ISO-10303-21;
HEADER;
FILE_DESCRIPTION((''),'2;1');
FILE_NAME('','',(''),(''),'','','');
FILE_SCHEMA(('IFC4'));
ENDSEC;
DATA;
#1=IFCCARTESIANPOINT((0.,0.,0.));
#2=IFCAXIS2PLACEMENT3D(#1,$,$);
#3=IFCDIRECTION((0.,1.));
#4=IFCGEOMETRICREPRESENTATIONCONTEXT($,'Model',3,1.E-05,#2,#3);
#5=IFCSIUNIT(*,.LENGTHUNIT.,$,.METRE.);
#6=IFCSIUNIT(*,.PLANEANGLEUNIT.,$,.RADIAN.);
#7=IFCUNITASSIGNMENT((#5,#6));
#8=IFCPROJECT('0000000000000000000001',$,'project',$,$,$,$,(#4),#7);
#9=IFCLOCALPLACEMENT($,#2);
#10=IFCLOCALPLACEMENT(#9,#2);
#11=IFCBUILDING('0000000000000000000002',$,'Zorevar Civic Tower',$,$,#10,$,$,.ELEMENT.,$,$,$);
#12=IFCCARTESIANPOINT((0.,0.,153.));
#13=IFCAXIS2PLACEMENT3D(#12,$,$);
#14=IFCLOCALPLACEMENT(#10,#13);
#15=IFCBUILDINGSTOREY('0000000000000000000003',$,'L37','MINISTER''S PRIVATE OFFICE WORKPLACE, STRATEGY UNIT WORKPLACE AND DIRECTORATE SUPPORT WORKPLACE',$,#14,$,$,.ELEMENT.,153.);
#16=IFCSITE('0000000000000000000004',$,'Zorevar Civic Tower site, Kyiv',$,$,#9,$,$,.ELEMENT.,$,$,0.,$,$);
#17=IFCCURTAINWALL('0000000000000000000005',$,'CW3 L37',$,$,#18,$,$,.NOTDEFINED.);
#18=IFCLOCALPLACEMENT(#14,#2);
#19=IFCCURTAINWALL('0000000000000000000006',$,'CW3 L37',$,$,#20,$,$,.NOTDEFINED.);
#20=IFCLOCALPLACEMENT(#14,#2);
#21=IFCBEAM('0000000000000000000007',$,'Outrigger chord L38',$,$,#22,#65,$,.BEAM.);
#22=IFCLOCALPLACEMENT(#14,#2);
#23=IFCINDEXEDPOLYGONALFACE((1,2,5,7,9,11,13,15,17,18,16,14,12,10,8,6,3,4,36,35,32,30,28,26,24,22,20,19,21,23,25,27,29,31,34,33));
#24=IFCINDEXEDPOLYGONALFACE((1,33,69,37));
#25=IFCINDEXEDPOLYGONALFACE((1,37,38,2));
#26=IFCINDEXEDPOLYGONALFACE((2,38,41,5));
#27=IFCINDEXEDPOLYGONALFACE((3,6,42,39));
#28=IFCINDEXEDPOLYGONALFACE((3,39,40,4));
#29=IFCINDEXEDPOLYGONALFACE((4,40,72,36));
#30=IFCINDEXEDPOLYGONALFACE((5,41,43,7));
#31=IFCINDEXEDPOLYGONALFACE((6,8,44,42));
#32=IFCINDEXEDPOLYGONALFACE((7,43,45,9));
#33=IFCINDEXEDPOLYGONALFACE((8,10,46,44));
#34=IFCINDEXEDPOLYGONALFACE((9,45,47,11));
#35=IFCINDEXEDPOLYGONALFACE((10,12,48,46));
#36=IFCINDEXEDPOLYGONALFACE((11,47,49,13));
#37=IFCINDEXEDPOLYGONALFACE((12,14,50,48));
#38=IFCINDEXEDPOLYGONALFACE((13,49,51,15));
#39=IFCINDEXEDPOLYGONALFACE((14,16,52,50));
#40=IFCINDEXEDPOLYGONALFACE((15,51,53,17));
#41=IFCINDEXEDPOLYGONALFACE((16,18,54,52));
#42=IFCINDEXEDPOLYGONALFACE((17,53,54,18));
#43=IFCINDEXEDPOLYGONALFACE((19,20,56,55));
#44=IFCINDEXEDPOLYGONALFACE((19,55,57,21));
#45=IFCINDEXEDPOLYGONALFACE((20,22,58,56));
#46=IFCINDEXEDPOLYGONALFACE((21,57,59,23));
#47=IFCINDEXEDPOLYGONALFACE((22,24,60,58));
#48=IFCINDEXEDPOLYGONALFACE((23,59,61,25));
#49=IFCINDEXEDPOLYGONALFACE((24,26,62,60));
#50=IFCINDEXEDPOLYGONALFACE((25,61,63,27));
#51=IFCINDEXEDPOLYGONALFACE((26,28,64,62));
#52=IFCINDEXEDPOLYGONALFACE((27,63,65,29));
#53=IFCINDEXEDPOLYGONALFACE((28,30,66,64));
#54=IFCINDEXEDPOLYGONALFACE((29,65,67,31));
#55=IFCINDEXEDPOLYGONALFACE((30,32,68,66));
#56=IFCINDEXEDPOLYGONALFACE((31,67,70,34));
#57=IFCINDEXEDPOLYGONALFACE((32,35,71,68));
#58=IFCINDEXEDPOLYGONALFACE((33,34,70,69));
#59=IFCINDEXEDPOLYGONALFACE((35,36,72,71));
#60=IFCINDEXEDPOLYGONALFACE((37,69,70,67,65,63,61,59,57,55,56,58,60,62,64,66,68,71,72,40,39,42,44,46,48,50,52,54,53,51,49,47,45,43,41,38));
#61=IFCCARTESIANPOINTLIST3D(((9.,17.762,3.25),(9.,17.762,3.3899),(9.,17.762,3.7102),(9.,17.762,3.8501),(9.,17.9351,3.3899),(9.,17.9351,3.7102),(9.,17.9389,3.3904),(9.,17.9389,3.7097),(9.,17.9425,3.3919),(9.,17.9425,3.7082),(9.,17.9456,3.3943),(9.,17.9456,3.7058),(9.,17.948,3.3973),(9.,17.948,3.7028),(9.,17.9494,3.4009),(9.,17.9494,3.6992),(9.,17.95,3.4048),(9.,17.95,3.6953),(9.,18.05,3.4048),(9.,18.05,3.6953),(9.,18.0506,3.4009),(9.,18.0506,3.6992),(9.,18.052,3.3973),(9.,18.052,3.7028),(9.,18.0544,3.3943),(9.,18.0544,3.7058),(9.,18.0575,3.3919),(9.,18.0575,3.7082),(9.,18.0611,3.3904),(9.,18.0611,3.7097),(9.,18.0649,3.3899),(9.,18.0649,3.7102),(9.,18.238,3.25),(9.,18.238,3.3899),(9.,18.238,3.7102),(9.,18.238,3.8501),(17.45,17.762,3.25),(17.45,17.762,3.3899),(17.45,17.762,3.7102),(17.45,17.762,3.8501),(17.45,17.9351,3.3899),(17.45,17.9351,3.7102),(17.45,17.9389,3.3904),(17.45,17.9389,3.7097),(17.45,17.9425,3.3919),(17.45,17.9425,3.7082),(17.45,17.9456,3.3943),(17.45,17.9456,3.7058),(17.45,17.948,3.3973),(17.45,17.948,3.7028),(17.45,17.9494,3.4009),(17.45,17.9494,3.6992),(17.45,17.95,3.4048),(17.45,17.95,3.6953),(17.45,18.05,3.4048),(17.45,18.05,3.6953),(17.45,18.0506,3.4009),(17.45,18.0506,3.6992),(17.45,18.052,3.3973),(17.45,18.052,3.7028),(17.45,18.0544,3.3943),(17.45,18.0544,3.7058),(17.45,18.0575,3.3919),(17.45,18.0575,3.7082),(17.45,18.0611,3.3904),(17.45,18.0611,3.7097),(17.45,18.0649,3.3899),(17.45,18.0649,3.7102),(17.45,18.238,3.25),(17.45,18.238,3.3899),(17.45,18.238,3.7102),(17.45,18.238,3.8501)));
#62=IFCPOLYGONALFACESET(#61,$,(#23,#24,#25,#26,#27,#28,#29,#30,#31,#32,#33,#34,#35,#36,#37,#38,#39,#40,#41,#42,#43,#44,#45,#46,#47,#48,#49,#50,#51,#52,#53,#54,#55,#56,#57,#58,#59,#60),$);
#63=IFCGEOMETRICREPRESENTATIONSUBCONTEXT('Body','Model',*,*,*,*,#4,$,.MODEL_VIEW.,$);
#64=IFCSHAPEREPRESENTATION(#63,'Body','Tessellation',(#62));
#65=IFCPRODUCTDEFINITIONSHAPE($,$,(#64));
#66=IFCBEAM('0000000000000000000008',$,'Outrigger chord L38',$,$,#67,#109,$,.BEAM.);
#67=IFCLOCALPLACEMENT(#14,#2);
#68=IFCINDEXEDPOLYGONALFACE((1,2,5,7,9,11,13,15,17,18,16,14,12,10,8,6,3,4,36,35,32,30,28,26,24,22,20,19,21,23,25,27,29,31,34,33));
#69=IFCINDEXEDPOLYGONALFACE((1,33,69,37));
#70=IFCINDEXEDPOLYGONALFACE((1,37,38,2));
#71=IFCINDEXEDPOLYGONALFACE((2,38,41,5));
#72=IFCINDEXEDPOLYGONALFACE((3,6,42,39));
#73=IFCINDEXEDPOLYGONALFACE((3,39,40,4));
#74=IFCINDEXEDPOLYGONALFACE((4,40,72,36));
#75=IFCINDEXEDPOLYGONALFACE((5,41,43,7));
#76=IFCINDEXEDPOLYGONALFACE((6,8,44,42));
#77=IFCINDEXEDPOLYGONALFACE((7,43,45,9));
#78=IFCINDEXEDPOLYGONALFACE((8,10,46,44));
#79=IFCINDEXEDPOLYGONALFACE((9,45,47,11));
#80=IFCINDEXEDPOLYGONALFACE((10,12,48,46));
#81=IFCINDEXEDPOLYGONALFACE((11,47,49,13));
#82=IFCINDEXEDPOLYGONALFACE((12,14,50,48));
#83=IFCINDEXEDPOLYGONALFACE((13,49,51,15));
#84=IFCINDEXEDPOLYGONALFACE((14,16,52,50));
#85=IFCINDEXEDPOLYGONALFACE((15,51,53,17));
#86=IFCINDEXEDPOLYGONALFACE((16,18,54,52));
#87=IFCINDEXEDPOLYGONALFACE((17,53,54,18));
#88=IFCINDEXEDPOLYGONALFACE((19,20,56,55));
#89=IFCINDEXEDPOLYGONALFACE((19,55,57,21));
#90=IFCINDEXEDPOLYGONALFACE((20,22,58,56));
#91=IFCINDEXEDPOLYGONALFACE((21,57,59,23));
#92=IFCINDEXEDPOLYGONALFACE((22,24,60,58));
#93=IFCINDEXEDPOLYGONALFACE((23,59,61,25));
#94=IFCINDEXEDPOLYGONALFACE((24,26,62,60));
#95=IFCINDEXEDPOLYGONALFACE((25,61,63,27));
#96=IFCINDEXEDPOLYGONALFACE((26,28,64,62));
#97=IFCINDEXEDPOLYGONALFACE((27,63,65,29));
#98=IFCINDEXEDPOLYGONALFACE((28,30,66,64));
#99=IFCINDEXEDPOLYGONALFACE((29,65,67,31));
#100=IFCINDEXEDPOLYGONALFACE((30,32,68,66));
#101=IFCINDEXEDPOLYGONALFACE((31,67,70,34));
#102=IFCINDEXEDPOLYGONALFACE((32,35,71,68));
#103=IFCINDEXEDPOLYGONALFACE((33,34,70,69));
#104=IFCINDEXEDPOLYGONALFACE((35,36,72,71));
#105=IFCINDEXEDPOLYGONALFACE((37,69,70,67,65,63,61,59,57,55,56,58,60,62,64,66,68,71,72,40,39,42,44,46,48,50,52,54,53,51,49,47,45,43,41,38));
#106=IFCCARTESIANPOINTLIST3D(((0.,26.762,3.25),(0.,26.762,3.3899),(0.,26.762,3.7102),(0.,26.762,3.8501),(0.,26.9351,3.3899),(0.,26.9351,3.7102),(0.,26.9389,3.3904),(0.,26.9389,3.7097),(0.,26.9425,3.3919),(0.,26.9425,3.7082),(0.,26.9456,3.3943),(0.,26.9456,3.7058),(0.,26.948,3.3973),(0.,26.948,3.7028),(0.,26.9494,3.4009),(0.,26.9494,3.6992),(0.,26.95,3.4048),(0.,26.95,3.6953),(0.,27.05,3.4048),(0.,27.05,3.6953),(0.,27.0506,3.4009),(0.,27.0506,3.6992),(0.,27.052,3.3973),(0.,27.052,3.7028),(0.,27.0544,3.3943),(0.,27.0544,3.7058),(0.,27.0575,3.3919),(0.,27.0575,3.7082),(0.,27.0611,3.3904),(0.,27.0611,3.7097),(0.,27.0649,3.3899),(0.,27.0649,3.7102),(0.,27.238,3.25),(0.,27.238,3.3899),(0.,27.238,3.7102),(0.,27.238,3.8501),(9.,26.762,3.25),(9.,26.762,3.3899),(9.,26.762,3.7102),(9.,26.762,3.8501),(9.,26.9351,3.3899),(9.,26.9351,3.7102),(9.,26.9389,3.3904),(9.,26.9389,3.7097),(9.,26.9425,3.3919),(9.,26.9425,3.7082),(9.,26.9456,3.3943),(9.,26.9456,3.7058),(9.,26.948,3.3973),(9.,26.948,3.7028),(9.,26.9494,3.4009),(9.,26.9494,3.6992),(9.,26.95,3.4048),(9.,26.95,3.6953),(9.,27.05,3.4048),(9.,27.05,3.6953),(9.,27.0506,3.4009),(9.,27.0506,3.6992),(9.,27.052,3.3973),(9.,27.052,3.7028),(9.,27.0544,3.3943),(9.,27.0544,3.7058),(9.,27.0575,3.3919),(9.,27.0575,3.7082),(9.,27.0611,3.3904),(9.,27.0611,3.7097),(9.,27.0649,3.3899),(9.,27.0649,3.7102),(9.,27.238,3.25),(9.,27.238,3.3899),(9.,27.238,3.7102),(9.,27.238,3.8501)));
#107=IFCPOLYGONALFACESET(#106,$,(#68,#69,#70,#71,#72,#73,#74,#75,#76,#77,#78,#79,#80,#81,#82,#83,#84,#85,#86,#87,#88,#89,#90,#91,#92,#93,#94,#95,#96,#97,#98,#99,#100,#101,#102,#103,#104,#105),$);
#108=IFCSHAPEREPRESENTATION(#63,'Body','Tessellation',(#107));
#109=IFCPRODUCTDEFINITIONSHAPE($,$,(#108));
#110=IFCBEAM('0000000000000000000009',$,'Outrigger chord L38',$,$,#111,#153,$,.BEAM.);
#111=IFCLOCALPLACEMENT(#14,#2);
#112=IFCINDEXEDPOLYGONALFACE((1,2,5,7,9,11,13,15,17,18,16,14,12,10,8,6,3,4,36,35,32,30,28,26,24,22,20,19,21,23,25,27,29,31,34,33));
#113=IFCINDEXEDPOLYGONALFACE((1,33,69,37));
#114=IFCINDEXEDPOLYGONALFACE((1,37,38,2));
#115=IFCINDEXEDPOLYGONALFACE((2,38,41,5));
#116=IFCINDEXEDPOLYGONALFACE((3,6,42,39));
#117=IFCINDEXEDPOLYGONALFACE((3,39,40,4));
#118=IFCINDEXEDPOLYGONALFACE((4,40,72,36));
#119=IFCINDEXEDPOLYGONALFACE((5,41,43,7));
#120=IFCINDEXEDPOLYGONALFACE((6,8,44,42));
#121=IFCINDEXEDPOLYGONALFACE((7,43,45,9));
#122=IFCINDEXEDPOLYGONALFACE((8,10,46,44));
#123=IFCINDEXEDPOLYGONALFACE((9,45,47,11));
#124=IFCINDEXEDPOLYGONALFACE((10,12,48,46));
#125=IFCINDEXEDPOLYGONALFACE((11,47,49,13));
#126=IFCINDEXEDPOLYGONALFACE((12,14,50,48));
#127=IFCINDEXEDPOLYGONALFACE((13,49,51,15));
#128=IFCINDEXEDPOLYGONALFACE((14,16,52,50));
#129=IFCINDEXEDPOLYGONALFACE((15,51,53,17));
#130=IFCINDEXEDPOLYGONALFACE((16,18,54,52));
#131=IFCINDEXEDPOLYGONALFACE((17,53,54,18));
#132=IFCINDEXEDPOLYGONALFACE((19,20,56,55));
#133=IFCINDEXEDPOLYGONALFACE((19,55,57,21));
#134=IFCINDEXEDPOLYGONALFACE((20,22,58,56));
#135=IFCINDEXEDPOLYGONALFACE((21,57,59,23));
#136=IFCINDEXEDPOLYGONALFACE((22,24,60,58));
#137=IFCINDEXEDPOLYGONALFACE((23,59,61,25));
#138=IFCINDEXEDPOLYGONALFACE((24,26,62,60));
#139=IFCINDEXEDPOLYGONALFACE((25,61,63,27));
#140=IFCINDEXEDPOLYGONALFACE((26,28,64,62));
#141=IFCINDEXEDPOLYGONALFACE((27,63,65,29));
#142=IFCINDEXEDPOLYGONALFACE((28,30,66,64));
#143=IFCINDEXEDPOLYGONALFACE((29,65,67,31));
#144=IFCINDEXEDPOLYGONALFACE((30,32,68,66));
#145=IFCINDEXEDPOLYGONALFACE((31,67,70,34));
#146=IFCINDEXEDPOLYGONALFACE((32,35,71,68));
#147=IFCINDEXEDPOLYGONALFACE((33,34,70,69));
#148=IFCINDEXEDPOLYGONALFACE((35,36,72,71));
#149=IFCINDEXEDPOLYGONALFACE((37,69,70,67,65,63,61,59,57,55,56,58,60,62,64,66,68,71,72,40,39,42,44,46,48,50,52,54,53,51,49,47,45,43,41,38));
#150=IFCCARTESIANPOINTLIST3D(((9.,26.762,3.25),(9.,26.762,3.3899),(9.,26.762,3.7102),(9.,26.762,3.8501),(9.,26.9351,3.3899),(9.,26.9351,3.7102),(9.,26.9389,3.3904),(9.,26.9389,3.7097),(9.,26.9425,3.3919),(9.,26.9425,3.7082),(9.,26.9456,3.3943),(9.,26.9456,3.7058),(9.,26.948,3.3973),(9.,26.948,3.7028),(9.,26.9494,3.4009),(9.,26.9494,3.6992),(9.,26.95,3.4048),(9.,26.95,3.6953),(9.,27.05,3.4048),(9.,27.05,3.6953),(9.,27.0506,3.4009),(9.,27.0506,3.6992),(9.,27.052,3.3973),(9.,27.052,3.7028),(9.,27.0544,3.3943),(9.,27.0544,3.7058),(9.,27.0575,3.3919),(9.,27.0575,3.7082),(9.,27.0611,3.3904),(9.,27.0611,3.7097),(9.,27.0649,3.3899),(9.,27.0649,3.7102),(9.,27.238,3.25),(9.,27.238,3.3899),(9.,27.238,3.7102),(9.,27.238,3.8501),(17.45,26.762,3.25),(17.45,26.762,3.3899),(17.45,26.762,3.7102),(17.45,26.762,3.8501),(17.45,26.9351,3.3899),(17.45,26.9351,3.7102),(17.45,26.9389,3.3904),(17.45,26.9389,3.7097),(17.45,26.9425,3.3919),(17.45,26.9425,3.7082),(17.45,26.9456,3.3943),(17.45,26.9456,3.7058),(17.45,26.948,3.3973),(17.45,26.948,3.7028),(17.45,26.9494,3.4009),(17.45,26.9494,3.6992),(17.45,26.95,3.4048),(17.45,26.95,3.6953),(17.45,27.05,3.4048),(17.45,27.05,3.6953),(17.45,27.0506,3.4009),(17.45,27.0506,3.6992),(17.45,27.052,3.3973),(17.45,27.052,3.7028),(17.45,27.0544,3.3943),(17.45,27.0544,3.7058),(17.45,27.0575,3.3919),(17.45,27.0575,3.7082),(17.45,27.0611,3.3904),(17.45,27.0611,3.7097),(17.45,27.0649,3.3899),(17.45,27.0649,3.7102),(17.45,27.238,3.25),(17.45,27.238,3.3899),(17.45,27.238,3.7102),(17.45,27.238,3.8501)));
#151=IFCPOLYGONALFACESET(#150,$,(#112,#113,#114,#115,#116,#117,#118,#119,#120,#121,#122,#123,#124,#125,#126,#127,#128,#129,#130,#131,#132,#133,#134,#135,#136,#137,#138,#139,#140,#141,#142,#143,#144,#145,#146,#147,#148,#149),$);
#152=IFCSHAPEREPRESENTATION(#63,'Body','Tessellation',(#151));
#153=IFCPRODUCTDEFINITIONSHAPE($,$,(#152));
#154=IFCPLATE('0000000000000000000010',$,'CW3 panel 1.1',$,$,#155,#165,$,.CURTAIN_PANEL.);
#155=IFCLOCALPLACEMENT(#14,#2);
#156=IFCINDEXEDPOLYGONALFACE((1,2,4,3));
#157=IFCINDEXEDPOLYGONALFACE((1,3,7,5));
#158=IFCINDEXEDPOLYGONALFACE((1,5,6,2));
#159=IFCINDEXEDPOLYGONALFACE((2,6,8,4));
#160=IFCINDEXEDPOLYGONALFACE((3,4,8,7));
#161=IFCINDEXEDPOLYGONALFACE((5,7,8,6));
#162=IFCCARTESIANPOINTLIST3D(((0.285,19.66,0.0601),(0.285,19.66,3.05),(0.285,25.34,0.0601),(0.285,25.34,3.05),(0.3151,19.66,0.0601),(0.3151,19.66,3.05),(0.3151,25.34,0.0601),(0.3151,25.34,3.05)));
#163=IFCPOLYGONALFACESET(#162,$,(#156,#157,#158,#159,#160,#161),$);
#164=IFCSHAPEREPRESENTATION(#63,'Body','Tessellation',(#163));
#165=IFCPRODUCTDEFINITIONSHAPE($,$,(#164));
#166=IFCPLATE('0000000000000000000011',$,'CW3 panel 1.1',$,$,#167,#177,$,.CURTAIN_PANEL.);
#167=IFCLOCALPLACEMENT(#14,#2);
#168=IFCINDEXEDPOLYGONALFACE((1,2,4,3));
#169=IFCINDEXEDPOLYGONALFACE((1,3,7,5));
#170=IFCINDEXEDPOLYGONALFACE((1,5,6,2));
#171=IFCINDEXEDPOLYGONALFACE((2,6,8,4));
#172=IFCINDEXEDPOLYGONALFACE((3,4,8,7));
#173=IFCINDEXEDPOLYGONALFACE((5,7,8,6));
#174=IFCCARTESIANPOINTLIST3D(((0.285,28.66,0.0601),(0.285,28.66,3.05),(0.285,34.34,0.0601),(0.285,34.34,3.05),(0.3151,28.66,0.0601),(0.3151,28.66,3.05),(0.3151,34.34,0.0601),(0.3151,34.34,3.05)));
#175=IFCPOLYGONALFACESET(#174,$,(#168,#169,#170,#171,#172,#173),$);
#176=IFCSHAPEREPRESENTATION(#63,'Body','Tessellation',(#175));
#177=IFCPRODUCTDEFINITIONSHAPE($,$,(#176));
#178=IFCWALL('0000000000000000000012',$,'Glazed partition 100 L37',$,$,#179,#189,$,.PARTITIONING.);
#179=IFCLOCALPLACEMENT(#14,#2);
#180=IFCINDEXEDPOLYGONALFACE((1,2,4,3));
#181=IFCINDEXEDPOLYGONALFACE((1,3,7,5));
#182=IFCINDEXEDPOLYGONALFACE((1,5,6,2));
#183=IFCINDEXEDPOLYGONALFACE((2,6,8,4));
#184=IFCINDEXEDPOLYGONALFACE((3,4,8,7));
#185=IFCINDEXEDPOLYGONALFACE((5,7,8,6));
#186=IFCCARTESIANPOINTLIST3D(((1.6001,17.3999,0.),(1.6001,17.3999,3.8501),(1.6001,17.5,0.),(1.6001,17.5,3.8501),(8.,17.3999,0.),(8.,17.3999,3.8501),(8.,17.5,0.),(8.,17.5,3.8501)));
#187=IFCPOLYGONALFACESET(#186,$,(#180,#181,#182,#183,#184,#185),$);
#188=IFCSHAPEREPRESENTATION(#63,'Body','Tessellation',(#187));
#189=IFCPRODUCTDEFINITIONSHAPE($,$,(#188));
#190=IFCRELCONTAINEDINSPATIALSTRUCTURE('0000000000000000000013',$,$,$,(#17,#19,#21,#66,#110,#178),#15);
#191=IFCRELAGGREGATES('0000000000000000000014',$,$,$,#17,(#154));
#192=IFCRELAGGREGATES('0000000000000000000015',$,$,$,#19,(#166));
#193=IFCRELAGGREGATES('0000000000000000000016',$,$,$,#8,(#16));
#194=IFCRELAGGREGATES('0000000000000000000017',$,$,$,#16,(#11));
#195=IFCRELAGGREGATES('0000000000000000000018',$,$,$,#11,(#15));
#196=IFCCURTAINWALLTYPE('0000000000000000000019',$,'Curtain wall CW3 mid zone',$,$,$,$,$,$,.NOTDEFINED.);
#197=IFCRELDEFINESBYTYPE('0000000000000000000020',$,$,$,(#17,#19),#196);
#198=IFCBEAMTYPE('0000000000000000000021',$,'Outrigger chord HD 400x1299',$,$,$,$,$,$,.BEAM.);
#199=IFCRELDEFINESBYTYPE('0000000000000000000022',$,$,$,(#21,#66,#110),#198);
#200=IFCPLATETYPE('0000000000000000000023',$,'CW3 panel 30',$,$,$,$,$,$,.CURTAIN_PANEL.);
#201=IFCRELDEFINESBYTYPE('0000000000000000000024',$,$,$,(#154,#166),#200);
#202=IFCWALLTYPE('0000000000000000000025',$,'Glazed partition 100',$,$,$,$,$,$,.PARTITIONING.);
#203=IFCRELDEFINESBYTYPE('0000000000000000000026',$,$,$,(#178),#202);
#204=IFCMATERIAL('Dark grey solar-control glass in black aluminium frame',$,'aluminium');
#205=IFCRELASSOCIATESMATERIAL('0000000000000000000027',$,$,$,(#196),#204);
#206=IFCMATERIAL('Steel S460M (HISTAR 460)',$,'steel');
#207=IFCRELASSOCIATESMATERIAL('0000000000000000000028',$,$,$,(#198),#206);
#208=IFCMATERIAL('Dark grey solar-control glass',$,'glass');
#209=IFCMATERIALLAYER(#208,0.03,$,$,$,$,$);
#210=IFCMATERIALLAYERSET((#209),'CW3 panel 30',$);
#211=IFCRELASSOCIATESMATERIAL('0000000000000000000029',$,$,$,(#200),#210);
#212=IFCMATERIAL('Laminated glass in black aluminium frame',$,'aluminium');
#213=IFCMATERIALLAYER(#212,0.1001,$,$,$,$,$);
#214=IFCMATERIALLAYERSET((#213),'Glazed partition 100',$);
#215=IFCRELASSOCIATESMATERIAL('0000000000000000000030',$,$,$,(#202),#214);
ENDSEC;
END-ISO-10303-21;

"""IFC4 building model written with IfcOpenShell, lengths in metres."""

from ifc_helpers import new_model, si_unit, direction, frame, frame_2d, origin, origin_2d, place, context, subcontext, project, spatial, rectangle, i_section, extrude, material, layer, layer_set, material_profile, profile_set, type_object, element, aggregate, save


model = new_model("IFC4")

# Units and contexts
model_context = context("Model", 3, precision=1e-05, world=origin(), true_north=direction((0.0, 1.0)))
body_context = subcontext(model_context, "Body", "Model", "MODEL_VIEW")
ifc_project = project(units=[si_unit("LENGTHUNIT", "METRE"), si_unit("PLANEANGLEUNIT", "RADIAN")], contexts=[model_context])

# Site, building, storey
site_placement = place(None, origin())
site = spatial("IfcSite", under=ifc_project, at=site_placement, Name="Zorevar Civic Tower site, Kyiv", CompositionType="ELEMENT", RefElevation=0.0)
building_placement = place(site_placement, origin())
building = spatial("IfcBuilding", under=site, at=building_placement, Name="Zorevar Civic Tower", CompositionType="ELEMENT")
storey_placement = place(building_placement, frame((0.0, 0.0, 153.0)))
storey = spatial("IfcBuildingStorey", under=building, at=storey_placement, Name="L37", Description="MINISTER'S PRIVATE OFFICE WORKPLACE, STRATEGY UNIT WORKPLACE AND DIRECTORATE SUPPORT WORKPLACE", CompositionType="ELEMENT", Elevation=153.0)

# Shared definitions
ifc_material_1 = material(Name="Dark grey solar-control glass in black aluminium frame", Category="aluminium")
curtain_wall_type = type_object("IfcCurtainWallType", Name="Curtain wall CW3 mid zone", PredefinedType="NOTDEFINED", material=ifc_material_1)

# Curtain wall
curtain_wall_1_placement = place(storey_placement, origin())
curtain_wall_1 = element("IfcCurtainWall", 1, at=curtain_wall_1_placement, inside=storey, type_object=curtain_wall_type, Name="CW3 L37", PredefinedType="NOTDEFINED")

# Curtain wall
curtain_wall_2_placement = place(storey_placement, origin())
curtain_wall_2 = element("IfcCurtainWall", 2, at=curtain_wall_2_placement, inside=storey, type_object=curtain_wall_type, Name="CW3 L37", PredefinedType="NOTDEFINED")

# Beams
ifc_material_2 = material(Name="Steel S460M (HISTAR 460)", Category="steel")
ifc_material_profile_1 = material_profile(ifc_material_2, i_section(OverallWidth=0.4761, OverallDepth=0.6001, WebThickness=0.1001, FlangeThickness=0.1399, FilletRadius=0.0149, at=origin_2d()), Name="HD 400x1299")
ifc_profile_set_1 = profile_set([ifc_material_profile_1], Name="Steel S460M (HISTAR 460)")
beam_type_1 = type_object("IfcBeamType", Name="Outrigger chord HD 400x1299", PredefinedType="BEAM", material=ifc_profile_set_1)
beam_1_placement = place(storey_placement, frame((9.0, 18.0, 3.55), z_axis=(1.0, 0.0, 0.0), x_axis=(0.0, 1.0, 0.0)))
element("IfcBeam", 3, at=beam_1_placement, inside=storey, type_object=beam_type_1, Name="Outrigger chord L38", PredefinedType="BEAM", context=body_context, shape_type="SweptSolid", body=[
    extrude(i_section(OverallWidth=0.4761, OverallDepth=0.6001, WebThickness=0.1001, FlangeThickness=0.1399, FilletRadius=0.0149, at=origin_2d()), origin(), (0.0, 0.0, 1.0), 8.45),
])
beam_2_placement = place(storey_placement, frame((0.0, 27.0, 3.55), z_axis=(1.0, 0.0, 0.0), x_axis=(0.0, 1.0, 0.0)))
element("IfcBeam", 4, at=beam_2_placement, inside=storey, type_object=beam_type_1, Name="Outrigger chord L38", PredefinedType="BEAM", context=body_context, shape_type="SweptSolid", body=[
    extrude(i_section(OverallWidth=0.4761, OverallDepth=0.6001, WebThickness=0.1001, FlangeThickness=0.1399, FilletRadius=0.0149, at=origin_2d()), origin(), (0.0, 0.0, 1.0), 9.0),
])
beam_3_placement = place(storey_placement, frame((9.0, 27.0, 3.55), z_axis=(1.0, 0.0, 0.0), x_axis=(0.0, 1.0, 0.0)))
element("IfcBeam", 5, at=beam_3_placement, inside=storey, type_object=beam_type_1, Name="Outrigger chord L38", PredefinedType="BEAM", context=body_context, shape_type="SweptSolid", body=[
    extrude(i_section(OverallWidth=0.4761, OverallDepth=0.6001, WebThickness=0.1001, FlangeThickness=0.1399, FilletRadius=0.0149, at=origin_2d()), origin(), (0.0, 0.0, 1.0), 8.45),
])

# Plates
ifc_material_3 = material(Name="Dark grey solar-control glass", Category="glass")
ifc_layer_1 = layer(ifc_material_3, 0.03)
ifc_layer_set_1 = layer_set([ifc_layer_1], Name="CW3 panel 30")
plate_type = type_object("IfcPlateType", Name="CW3 panel 30", PredefinedType="CURTAIN_PANEL", material=ifc_layer_set_1)
plate_1_placement = place(storey_placement, frame((0.3, 22.5, 0.0601), z_axis=(0.0, 0.0, 1.0), x_axis=(0.0, 1.0, 0.0)))
plate_1 = element("IfcPlate", 6, at=plate_1_placement, type_object=plate_type, Name="CW3 panel 1.1", PredefinedType="CURTAIN_PANEL", context=body_context, shape_type="SweptSolid", body=[
    extrude(rectangle(XDim=5.6799, YDim=0.03, at=origin_2d()), origin(), (0.0, 0.0, 1.0), 2.99),
])
aggregate(curtain_wall_1, [plate_1])
plate_2_placement = place(storey_placement, frame((0.3, 31.5, 0.0601), z_axis=(0.0, 0.0, 1.0), x_axis=(0.0, 1.0, 0.0)))
plate_2 = element("IfcPlate", 7, at=plate_2_placement, type_object=plate_type, Name="CW3 panel 1.1", PredefinedType="CURTAIN_PANEL", context=body_context, shape_type="SweptSolid", body=[
    extrude(rectangle(XDim=5.6799, YDim=0.03, at=origin_2d()), origin(), (0.0, 0.0, 1.0), 2.99),
])
aggregate(curtain_wall_2, [plate_2])

# Wall
ifc_material_4 = material(Name="Laminated glass in black aluminium frame", Category="aluminium")
ifc_layer_2 = layer(ifc_material_4, 0.1001)
ifc_layer_set_2 = layer_set([ifc_layer_2], Name="Glazed partition 100")
wall_type = type_object("IfcWallType", Name="Glazed partition 100", PredefinedType="PARTITIONING", material=ifc_layer_set_2)
wall_placement = place(storey_placement, frame((1.6001, 17.45, 0.0), z_axis=(0.0, 0.0, 1.0), x_axis=(1.0, 0.0, 0.0)))
element("IfcWall", 8, at=wall_placement, inside=storey, type_object=wall_type, Name="Glazed partition 100 L37", PredefinedType="PARTITIONING", context=body_context, shape_type="SweptSolid", body=[
    extrude(rectangle(XDim=6.3999, YDim=0.1001, at=frame_2d((3.2, 0.0))), origin(), (0.0, 0.0, 1.0), 3.8501),
])

save(model, "model.ifc")
